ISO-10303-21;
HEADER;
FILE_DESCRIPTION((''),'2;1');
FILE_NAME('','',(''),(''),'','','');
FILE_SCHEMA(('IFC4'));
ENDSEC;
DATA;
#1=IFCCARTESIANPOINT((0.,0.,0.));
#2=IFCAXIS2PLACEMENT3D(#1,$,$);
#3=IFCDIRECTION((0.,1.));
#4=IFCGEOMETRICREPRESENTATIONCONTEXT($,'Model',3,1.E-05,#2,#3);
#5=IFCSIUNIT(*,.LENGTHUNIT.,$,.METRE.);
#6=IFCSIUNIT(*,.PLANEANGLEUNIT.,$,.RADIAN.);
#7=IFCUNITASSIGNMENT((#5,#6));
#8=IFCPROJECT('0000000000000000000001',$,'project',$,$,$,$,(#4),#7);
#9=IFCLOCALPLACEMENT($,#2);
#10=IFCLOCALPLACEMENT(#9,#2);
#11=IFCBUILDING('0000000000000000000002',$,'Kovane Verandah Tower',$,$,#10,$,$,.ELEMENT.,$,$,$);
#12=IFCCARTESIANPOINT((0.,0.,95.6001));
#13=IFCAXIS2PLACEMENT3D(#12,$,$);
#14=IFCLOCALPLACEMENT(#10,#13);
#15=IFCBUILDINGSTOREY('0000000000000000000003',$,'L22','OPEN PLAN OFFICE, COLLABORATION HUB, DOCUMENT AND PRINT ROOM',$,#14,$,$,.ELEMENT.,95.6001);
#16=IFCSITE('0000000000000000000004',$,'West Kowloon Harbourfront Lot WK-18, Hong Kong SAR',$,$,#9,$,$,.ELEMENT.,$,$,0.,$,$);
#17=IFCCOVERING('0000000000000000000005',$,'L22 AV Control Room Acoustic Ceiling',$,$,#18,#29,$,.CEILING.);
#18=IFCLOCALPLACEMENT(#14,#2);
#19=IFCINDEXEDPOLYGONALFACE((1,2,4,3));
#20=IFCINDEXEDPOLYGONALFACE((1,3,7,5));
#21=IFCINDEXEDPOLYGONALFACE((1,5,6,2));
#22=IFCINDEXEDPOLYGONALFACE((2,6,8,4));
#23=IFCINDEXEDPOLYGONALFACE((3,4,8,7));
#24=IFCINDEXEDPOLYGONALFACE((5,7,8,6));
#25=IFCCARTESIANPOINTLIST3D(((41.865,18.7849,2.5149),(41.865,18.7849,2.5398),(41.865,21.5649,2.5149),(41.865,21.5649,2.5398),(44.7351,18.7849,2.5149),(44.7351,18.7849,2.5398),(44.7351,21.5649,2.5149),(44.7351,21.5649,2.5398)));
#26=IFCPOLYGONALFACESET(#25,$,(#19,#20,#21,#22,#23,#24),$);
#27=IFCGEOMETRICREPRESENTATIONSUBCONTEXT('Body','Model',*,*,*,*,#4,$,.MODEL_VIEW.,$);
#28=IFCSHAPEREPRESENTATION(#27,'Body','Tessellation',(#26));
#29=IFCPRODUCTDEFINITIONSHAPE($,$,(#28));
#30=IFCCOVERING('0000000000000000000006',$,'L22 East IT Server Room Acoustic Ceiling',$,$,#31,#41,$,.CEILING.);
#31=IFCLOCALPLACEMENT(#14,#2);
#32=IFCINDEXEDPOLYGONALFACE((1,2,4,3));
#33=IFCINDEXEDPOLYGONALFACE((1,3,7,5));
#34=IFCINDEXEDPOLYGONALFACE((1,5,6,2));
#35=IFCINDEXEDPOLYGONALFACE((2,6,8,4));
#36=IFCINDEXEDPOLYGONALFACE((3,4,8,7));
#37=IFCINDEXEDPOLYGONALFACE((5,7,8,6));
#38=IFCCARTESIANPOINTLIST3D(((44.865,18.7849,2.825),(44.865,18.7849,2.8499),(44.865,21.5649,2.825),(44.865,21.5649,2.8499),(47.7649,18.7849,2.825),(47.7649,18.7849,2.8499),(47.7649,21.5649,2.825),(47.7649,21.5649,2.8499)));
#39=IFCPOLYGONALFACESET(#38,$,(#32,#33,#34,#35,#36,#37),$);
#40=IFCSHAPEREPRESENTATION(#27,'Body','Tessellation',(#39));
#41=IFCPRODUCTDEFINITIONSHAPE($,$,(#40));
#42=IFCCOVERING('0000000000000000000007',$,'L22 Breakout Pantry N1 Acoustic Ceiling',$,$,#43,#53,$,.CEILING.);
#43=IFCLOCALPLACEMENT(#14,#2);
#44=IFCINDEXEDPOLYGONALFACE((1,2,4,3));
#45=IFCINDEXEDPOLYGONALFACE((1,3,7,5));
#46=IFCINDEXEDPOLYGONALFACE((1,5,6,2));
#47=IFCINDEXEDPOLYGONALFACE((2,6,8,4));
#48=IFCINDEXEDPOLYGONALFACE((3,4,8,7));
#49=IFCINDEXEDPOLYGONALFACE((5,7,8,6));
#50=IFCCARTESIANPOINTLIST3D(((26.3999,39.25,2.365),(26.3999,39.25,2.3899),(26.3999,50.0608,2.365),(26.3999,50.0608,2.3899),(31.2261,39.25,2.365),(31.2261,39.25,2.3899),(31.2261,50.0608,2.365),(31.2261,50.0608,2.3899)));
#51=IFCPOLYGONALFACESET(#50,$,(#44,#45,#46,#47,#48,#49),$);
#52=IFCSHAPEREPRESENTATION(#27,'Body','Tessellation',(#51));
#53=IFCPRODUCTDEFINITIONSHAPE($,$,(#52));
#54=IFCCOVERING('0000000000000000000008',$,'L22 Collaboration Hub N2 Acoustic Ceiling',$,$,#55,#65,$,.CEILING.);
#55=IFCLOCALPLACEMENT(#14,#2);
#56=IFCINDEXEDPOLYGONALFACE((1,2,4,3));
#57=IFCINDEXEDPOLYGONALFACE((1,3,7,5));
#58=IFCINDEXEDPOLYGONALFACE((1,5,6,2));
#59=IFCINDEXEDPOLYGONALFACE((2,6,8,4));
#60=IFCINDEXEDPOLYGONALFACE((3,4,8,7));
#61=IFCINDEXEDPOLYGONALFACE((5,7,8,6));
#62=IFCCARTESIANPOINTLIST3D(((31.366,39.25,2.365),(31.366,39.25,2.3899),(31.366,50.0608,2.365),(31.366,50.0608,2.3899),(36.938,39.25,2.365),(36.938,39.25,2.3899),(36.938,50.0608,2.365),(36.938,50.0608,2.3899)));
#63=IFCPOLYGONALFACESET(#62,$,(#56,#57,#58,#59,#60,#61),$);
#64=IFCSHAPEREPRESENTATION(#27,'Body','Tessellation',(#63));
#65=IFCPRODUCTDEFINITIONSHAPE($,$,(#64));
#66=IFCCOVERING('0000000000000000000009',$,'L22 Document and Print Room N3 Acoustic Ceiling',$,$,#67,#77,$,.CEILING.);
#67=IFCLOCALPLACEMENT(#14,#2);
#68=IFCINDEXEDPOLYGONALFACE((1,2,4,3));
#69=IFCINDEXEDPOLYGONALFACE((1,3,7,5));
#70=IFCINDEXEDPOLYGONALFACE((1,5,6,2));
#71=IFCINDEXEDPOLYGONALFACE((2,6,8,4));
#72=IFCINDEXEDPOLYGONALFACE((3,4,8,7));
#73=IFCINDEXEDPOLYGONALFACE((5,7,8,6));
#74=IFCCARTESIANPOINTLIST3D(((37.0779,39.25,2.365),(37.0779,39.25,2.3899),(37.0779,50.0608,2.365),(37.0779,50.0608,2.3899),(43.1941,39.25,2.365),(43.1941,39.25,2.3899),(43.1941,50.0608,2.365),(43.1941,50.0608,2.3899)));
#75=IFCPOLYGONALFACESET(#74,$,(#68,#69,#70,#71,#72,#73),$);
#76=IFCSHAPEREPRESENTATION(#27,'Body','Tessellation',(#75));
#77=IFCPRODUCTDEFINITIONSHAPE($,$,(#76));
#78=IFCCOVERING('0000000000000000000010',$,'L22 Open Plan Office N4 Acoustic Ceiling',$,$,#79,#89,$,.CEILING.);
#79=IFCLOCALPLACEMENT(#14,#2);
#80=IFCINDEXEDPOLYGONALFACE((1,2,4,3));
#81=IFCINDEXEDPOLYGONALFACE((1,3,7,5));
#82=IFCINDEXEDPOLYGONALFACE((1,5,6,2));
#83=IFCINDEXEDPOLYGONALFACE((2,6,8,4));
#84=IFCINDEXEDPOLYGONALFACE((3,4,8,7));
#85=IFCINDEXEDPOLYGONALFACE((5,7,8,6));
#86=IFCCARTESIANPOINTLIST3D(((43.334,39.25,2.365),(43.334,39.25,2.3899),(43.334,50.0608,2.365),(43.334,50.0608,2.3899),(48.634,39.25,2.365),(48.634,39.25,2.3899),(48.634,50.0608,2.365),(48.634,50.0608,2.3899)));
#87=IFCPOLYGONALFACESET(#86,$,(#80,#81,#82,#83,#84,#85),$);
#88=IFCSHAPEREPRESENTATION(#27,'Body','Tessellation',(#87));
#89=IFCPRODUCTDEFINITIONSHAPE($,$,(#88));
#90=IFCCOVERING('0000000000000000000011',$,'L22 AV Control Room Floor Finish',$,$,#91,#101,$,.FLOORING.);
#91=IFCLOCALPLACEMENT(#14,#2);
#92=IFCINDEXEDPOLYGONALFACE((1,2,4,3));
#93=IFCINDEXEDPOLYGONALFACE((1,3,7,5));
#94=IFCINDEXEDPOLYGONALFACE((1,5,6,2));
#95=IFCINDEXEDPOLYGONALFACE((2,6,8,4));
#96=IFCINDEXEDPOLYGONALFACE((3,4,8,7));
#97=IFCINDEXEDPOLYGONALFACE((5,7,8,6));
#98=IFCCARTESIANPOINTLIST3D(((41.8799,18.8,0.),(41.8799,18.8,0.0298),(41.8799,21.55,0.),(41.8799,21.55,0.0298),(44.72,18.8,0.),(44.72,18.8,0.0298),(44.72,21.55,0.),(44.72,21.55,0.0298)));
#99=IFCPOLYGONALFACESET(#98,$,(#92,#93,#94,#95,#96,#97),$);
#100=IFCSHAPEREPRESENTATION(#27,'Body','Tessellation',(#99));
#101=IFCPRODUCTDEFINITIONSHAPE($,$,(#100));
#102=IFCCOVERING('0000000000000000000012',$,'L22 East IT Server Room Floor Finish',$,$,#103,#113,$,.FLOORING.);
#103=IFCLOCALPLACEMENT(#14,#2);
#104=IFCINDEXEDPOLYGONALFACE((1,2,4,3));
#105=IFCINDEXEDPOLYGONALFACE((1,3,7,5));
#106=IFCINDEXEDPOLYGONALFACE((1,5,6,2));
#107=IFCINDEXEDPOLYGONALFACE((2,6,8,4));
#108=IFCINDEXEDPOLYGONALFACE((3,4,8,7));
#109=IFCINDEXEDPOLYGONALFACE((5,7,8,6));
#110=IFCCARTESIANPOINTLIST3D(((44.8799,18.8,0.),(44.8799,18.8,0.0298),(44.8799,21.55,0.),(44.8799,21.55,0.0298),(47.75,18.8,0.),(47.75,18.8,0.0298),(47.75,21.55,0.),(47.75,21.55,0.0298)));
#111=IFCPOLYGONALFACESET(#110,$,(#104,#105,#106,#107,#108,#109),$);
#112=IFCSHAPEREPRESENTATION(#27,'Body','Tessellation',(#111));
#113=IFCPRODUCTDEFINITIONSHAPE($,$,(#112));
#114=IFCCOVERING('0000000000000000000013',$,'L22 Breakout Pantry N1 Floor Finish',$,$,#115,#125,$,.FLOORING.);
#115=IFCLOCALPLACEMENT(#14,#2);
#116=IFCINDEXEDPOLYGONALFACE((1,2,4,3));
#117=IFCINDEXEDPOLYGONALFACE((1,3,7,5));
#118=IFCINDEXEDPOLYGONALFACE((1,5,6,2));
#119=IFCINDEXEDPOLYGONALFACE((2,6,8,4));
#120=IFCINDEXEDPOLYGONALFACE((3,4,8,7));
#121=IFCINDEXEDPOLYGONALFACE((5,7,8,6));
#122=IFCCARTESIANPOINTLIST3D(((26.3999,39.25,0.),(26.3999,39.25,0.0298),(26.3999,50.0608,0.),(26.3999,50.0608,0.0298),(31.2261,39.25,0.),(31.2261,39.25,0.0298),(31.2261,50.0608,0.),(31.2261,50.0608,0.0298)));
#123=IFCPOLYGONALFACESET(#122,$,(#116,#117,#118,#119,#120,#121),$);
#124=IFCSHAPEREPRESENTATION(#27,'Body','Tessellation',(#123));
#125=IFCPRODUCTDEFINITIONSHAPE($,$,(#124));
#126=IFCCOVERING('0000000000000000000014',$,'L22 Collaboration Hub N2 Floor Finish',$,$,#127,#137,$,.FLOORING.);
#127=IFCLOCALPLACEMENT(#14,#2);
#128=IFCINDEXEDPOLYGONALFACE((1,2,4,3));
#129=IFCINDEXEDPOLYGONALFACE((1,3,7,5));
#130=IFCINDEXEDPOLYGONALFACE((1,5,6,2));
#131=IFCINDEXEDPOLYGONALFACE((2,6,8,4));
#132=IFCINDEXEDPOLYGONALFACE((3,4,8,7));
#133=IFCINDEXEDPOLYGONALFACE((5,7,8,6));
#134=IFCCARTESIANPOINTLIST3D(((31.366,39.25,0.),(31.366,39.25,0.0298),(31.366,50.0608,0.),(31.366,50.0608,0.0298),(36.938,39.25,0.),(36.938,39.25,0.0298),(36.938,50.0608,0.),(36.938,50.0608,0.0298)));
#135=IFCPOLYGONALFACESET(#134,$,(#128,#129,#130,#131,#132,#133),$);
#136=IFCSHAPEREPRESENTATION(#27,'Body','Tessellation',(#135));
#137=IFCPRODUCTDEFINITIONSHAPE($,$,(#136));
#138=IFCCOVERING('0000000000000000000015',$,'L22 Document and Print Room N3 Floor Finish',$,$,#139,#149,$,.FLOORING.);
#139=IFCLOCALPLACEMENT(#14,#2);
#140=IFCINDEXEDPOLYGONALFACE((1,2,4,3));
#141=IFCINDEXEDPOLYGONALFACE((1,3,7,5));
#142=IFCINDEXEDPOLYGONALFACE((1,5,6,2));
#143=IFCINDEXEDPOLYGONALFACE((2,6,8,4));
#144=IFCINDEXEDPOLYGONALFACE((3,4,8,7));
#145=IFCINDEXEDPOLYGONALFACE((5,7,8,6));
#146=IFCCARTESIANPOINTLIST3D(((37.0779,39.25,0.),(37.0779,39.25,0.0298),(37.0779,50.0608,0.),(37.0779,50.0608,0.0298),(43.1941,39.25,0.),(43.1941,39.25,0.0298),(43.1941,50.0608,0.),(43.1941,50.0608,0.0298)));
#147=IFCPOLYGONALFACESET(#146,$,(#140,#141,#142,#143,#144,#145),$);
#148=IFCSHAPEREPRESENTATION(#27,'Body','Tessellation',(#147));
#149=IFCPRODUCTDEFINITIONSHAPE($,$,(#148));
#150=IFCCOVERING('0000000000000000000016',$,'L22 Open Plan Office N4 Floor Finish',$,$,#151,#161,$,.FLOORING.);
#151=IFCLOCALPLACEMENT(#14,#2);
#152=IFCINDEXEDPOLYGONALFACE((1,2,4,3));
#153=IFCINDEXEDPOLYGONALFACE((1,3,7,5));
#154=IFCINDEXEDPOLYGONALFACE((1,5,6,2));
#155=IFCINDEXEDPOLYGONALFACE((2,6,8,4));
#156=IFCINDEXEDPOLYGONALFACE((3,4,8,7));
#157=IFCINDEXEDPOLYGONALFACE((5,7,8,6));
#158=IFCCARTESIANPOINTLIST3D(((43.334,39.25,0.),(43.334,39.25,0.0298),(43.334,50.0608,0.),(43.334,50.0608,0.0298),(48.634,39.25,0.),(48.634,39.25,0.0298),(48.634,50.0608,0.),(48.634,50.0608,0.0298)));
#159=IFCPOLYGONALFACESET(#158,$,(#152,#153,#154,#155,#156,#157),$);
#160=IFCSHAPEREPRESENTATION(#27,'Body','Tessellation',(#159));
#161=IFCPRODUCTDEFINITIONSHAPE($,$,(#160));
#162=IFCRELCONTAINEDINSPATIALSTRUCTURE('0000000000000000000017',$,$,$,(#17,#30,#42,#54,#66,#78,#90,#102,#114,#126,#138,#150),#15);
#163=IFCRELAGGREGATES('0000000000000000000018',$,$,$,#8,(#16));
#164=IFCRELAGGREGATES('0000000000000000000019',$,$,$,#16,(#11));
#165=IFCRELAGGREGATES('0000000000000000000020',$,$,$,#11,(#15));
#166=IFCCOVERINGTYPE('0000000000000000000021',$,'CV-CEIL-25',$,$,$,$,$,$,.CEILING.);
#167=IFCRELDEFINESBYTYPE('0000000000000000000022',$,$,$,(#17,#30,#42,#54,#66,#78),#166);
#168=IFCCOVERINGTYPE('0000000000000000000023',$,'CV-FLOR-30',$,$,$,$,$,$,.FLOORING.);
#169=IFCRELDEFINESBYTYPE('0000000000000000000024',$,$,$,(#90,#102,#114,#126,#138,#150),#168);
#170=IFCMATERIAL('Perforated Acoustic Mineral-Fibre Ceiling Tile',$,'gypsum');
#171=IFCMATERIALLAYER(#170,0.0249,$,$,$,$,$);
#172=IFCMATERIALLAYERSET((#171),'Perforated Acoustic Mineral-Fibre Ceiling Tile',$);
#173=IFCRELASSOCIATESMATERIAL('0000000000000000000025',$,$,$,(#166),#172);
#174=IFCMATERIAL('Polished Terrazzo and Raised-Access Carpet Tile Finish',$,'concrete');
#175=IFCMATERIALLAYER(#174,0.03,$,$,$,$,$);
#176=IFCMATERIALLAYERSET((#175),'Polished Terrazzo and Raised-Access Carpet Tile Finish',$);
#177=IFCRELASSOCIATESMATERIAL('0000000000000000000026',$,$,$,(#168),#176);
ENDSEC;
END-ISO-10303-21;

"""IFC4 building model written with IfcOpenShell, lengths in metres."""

from ifc_helpers import new_model, si_unit, direction, frame, origin, place, context, subcontext, project, spatial, polyline, outline, extrude, material, layer, layer_set, type_object, element, save


model = new_model("IFC4")

# Units and contexts
model_context = context("Model", 3, precision=1e-05, world=origin(), true_north=direction((0.0, 1.0)))
body_context = subcontext(model_context, "Body", "Model", "MODEL_VIEW")
ifc_project = project(units=[si_unit("LENGTHUNIT", "METRE"), si_unit("PLANEANGLEUNIT", "RADIAN")], contexts=[model_context])

# Site, building, storey
site_placement = place(None, origin())
site = spatial("IfcSite", under=ifc_project, at=site_placement, Name="West Kowloon Harbourfront Lot WK-18, Hong Kong SAR", CompositionType="ELEMENT", RefElevation=0.0)
building_placement = place(site_placement, origin())
building = spatial("IfcBuilding", under=site, at=building_placement, Name="Kovane Verandah Tower", CompositionType="ELEMENT")
storey_placement = place(building_placement, frame((0.0, 0.0, 95.6001)))
storey = spatial("IfcBuildingStorey", under=building, at=storey_placement, Name="L22", Description="OPEN PLAN OFFICE, COLLABORATION HUB, DOCUMENT AND PRINT ROOM", CompositionType="ELEMENT", Elevation=95.6001)

# Coverings
ifc_material_1 = material(Name="Perforated Acoustic Mineral-Fibre Ceiling Tile", Category="gypsum")
ifc_layer_1 = layer(ifc_material_1, 0.0249)
ifc_layer_set_1 = layer_set([ifc_layer_1], Name="Perforated Acoustic Mineral-Fibre Ceiling Tile")
covering_type_1 = type_object("IfcCoveringType", Name="CV-CEIL-25", PredefinedType="CEILING", material=ifc_layer_set_1)
covering_1_placement = place(storey_placement, frame((0.0, 0.0, 2.5149)))
element("IfcCovering", 1, at=covering_1_placement, inside=storey, type_object=covering_type_1, Name="L22 AV Control Room Acoustic Ceiling", PredefinedType="CEILING", context=body_context, shape_type="SweptSolid", body=[
    extrude(outline(polyline([(41.865, 18.7849), (44.7351, 18.7849), (44.7351, 21.5649), (41.865, 21.5649), (41.865, 18.7849)])), origin(), (0.0, 0.0, 1.0), 0.0249),
])
covering_2_placement = place(storey_placement, frame((0.0, 0.0, 2.825)))
element("IfcCovering", 2, at=covering_2_placement, inside=storey, type_object=covering_type_1, Name="L22 East IT Server Room Acoustic Ceiling", PredefinedType="CEILING", context=body_context, shape_type="SweptSolid", body=[
    extrude(outline(polyline([(44.865, 18.7849), (47.7649, 18.7849), (47.7649, 21.5649), (44.865, 21.5649), (44.865, 18.7849)])), origin(), (0.0, 0.0, 1.0), 0.0249),
])
covering_3_placement = place(storey_placement, frame((0.0, 0.0, 2.365)))
element("IfcCovering", 3, at=covering_3_placement, inside=storey, type_object=covering_type_1, Name="L22 Breakout Pantry N1 Acoustic Ceiling", PredefinedType="CEILING", context=body_context, shape_type="SweptSolid", body=[
    extrude(outline(polyline([(26.3999, 39.25), (31.2261, 39.25), (31.2261, 50.0608), (26.3999, 50.0608), (26.3999, 39.25)])), origin(), (0.0, 0.0, 1.0), 0.0249),
])
covering_4_placement = place(storey_placement, frame((0.0, 0.0, 2.365)))
element("IfcCovering", 4, at=covering_4_placement, inside=storey, type_object=covering_type_1, Name="L22 Collaboration Hub N2 Acoustic Ceiling", PredefinedType="CEILING", context=body_context, shape_type="SweptSolid", body=[
    extrude(outline(polyline([(31.366, 39.25), (36.938, 39.25), (36.938, 50.0608), (31.366, 50.0608), (31.366, 39.25)])), origin(), (0.0, 0.0, 1.0), 0.0249),
])
covering_5_placement = place(storey_placement, frame((0.0, 0.0, 2.365)))
element("IfcCovering", 5, at=covering_5_placement, inside=storey, type_object=covering_type_1, Name="L22 Document and Print Room N3 Acoustic Ceiling", PredefinedType="CEILING", context=body_context, shape_type="SweptSolid", body=[
    extrude(outline(polyline([(37.0779, 39.25), (43.1941, 39.25), (43.1941, 50.0608), (37.0779, 50.0608), (37.0779, 39.25)])), origin(), (0.0, 0.0, 1.0), 0.0249),
])
covering_6_placement = place(storey_placement, frame((0.0, 0.0, 2.365)))
element("IfcCovering", 6, at=covering_6_placement, inside=storey, type_object=covering_type_1, Name="L22 Open Plan Office N4 Acoustic Ceiling", PredefinedType="CEILING", context=body_context, shape_type="SweptSolid", body=[
    extrude(outline(polyline([(43.334, 39.25), (48.634, 39.25), (48.634, 50.0608), (43.334, 50.0608), (43.334, 39.25)])), origin(), (0.0, 0.0, 1.0), 0.0249),
])
ifc_material_2 = material(Name="Polished Terrazzo and Raised-Access Carpet Tile Finish", Category="concrete")
ifc_layer_2 = layer(ifc_material_2, 0.03)
ifc_layer_set_2 = layer_set([ifc_layer_2], Name="Polished Terrazzo and Raised-Access Carpet Tile Finish")
covering_type_2 = type_object("IfcCoveringType", Name="CV-FLOR-30", PredefinedType="FLOORING", material=ifc_layer_set_2)
covering_7_placement = place(storey_placement, origin())
element("IfcCovering", 7, at=covering_7_placement, inside=storey, type_object=covering_type_2, Name="L22 AV Control Room Floor Finish", PredefinedType="FLOORING", context=body_context, shape_type="SweptSolid", body=[
    extrude(outline(polyline([(41.8799, 18.8), (44.72, 18.8), (44.72, 21.55), (41.8799, 21.55), (41.8799, 18.8)])), origin(), (0.0, 0.0, 1.0), 0.0298),
])
covering_8_placement = place(storey_placement, origin())
element("IfcCovering", 8, at=covering_8_placement, inside=storey, type_object=covering_type_2, Name="L22 East IT Server Room Floor Finish", PredefinedType="FLOORING", context=body_context, shape_type="SweptSolid", body=[
    extrude(outline(polyline([(44.8799, 18.8), (47.75, 18.8), (47.75, 21.55), (44.8799, 21.55), (44.8799, 18.8)])), origin(), (0.0, 0.0, 1.0), 0.0298),
])
covering_9_placement = place(storey_placement, origin())
element("IfcCovering", 9, at=covering_9_placement, inside=storey, type_object=covering_type_2, Name="L22 Breakout Pantry N1 Floor Finish", PredefinedType="FLOORING", context=body_context, shape_type="SweptSolid", body=[
    extrude(outline(polyline([(26.3999, 39.25), (31.2261, 39.25), (31.2261, 50.0608), (26.3999, 50.0608), (26.3999, 39.25)])), origin(), (0.0, 0.0, 1.0), 0.0298),
])
covering_10_placement = place(storey_placement, origin())
element("IfcCovering", 10, at=covering_10_placement, inside=storey, type_object=covering_type_2, Name="L22 Collaboration Hub N2 Floor Finish", PredefinedType="FLOORING", context=body_context, shape_type="SweptSolid", body=[
    extrude(outline(polyline([(31.366, 39.25), (36.938, 39.25), (36.938, 50.0608), (31.366, 50.0608), (31.366, 39.25)])), origin(), (0.0, 0.0, 1.0), 0.0298),
])
covering_11_placement = place(storey_placement, origin())
element("IfcCovering", 11, at=covering_11_placement, inside=storey, type_object=covering_type_2, Name="L22 Document and Print Room N3 Floor Finish", PredefinedType="FLOORING", context=body_context, shape_type="SweptSolid", body=[
    extrude(outline(polyline([(37.0779, 39.25), (43.1941, 39.25), (43.1941, 50.0608), (37.0779, 50.0608), (37.0779, 39.25)])), origin(), (0.0, 0.0, 1.0), 0.0298),
])
covering_12_placement = place(storey_placement, origin())
element("IfcCovering", 12, at=covering_12_placement, inside=storey, type_object=covering_type_2, Name="L22 Open Plan Office N4 Floor Finish", PredefinedType="FLOORING", context=body_context, shape_type="SweptSolid", body=[
    extrude(outline(polyline([(43.334, 39.25), (48.634, 39.25), (48.634, 50.0608), (43.334, 50.0608), (43.334, 39.25)])), origin(), (0.0, 0.0, 1.0), 0.0298),
])

save(model, "model.ifc")
